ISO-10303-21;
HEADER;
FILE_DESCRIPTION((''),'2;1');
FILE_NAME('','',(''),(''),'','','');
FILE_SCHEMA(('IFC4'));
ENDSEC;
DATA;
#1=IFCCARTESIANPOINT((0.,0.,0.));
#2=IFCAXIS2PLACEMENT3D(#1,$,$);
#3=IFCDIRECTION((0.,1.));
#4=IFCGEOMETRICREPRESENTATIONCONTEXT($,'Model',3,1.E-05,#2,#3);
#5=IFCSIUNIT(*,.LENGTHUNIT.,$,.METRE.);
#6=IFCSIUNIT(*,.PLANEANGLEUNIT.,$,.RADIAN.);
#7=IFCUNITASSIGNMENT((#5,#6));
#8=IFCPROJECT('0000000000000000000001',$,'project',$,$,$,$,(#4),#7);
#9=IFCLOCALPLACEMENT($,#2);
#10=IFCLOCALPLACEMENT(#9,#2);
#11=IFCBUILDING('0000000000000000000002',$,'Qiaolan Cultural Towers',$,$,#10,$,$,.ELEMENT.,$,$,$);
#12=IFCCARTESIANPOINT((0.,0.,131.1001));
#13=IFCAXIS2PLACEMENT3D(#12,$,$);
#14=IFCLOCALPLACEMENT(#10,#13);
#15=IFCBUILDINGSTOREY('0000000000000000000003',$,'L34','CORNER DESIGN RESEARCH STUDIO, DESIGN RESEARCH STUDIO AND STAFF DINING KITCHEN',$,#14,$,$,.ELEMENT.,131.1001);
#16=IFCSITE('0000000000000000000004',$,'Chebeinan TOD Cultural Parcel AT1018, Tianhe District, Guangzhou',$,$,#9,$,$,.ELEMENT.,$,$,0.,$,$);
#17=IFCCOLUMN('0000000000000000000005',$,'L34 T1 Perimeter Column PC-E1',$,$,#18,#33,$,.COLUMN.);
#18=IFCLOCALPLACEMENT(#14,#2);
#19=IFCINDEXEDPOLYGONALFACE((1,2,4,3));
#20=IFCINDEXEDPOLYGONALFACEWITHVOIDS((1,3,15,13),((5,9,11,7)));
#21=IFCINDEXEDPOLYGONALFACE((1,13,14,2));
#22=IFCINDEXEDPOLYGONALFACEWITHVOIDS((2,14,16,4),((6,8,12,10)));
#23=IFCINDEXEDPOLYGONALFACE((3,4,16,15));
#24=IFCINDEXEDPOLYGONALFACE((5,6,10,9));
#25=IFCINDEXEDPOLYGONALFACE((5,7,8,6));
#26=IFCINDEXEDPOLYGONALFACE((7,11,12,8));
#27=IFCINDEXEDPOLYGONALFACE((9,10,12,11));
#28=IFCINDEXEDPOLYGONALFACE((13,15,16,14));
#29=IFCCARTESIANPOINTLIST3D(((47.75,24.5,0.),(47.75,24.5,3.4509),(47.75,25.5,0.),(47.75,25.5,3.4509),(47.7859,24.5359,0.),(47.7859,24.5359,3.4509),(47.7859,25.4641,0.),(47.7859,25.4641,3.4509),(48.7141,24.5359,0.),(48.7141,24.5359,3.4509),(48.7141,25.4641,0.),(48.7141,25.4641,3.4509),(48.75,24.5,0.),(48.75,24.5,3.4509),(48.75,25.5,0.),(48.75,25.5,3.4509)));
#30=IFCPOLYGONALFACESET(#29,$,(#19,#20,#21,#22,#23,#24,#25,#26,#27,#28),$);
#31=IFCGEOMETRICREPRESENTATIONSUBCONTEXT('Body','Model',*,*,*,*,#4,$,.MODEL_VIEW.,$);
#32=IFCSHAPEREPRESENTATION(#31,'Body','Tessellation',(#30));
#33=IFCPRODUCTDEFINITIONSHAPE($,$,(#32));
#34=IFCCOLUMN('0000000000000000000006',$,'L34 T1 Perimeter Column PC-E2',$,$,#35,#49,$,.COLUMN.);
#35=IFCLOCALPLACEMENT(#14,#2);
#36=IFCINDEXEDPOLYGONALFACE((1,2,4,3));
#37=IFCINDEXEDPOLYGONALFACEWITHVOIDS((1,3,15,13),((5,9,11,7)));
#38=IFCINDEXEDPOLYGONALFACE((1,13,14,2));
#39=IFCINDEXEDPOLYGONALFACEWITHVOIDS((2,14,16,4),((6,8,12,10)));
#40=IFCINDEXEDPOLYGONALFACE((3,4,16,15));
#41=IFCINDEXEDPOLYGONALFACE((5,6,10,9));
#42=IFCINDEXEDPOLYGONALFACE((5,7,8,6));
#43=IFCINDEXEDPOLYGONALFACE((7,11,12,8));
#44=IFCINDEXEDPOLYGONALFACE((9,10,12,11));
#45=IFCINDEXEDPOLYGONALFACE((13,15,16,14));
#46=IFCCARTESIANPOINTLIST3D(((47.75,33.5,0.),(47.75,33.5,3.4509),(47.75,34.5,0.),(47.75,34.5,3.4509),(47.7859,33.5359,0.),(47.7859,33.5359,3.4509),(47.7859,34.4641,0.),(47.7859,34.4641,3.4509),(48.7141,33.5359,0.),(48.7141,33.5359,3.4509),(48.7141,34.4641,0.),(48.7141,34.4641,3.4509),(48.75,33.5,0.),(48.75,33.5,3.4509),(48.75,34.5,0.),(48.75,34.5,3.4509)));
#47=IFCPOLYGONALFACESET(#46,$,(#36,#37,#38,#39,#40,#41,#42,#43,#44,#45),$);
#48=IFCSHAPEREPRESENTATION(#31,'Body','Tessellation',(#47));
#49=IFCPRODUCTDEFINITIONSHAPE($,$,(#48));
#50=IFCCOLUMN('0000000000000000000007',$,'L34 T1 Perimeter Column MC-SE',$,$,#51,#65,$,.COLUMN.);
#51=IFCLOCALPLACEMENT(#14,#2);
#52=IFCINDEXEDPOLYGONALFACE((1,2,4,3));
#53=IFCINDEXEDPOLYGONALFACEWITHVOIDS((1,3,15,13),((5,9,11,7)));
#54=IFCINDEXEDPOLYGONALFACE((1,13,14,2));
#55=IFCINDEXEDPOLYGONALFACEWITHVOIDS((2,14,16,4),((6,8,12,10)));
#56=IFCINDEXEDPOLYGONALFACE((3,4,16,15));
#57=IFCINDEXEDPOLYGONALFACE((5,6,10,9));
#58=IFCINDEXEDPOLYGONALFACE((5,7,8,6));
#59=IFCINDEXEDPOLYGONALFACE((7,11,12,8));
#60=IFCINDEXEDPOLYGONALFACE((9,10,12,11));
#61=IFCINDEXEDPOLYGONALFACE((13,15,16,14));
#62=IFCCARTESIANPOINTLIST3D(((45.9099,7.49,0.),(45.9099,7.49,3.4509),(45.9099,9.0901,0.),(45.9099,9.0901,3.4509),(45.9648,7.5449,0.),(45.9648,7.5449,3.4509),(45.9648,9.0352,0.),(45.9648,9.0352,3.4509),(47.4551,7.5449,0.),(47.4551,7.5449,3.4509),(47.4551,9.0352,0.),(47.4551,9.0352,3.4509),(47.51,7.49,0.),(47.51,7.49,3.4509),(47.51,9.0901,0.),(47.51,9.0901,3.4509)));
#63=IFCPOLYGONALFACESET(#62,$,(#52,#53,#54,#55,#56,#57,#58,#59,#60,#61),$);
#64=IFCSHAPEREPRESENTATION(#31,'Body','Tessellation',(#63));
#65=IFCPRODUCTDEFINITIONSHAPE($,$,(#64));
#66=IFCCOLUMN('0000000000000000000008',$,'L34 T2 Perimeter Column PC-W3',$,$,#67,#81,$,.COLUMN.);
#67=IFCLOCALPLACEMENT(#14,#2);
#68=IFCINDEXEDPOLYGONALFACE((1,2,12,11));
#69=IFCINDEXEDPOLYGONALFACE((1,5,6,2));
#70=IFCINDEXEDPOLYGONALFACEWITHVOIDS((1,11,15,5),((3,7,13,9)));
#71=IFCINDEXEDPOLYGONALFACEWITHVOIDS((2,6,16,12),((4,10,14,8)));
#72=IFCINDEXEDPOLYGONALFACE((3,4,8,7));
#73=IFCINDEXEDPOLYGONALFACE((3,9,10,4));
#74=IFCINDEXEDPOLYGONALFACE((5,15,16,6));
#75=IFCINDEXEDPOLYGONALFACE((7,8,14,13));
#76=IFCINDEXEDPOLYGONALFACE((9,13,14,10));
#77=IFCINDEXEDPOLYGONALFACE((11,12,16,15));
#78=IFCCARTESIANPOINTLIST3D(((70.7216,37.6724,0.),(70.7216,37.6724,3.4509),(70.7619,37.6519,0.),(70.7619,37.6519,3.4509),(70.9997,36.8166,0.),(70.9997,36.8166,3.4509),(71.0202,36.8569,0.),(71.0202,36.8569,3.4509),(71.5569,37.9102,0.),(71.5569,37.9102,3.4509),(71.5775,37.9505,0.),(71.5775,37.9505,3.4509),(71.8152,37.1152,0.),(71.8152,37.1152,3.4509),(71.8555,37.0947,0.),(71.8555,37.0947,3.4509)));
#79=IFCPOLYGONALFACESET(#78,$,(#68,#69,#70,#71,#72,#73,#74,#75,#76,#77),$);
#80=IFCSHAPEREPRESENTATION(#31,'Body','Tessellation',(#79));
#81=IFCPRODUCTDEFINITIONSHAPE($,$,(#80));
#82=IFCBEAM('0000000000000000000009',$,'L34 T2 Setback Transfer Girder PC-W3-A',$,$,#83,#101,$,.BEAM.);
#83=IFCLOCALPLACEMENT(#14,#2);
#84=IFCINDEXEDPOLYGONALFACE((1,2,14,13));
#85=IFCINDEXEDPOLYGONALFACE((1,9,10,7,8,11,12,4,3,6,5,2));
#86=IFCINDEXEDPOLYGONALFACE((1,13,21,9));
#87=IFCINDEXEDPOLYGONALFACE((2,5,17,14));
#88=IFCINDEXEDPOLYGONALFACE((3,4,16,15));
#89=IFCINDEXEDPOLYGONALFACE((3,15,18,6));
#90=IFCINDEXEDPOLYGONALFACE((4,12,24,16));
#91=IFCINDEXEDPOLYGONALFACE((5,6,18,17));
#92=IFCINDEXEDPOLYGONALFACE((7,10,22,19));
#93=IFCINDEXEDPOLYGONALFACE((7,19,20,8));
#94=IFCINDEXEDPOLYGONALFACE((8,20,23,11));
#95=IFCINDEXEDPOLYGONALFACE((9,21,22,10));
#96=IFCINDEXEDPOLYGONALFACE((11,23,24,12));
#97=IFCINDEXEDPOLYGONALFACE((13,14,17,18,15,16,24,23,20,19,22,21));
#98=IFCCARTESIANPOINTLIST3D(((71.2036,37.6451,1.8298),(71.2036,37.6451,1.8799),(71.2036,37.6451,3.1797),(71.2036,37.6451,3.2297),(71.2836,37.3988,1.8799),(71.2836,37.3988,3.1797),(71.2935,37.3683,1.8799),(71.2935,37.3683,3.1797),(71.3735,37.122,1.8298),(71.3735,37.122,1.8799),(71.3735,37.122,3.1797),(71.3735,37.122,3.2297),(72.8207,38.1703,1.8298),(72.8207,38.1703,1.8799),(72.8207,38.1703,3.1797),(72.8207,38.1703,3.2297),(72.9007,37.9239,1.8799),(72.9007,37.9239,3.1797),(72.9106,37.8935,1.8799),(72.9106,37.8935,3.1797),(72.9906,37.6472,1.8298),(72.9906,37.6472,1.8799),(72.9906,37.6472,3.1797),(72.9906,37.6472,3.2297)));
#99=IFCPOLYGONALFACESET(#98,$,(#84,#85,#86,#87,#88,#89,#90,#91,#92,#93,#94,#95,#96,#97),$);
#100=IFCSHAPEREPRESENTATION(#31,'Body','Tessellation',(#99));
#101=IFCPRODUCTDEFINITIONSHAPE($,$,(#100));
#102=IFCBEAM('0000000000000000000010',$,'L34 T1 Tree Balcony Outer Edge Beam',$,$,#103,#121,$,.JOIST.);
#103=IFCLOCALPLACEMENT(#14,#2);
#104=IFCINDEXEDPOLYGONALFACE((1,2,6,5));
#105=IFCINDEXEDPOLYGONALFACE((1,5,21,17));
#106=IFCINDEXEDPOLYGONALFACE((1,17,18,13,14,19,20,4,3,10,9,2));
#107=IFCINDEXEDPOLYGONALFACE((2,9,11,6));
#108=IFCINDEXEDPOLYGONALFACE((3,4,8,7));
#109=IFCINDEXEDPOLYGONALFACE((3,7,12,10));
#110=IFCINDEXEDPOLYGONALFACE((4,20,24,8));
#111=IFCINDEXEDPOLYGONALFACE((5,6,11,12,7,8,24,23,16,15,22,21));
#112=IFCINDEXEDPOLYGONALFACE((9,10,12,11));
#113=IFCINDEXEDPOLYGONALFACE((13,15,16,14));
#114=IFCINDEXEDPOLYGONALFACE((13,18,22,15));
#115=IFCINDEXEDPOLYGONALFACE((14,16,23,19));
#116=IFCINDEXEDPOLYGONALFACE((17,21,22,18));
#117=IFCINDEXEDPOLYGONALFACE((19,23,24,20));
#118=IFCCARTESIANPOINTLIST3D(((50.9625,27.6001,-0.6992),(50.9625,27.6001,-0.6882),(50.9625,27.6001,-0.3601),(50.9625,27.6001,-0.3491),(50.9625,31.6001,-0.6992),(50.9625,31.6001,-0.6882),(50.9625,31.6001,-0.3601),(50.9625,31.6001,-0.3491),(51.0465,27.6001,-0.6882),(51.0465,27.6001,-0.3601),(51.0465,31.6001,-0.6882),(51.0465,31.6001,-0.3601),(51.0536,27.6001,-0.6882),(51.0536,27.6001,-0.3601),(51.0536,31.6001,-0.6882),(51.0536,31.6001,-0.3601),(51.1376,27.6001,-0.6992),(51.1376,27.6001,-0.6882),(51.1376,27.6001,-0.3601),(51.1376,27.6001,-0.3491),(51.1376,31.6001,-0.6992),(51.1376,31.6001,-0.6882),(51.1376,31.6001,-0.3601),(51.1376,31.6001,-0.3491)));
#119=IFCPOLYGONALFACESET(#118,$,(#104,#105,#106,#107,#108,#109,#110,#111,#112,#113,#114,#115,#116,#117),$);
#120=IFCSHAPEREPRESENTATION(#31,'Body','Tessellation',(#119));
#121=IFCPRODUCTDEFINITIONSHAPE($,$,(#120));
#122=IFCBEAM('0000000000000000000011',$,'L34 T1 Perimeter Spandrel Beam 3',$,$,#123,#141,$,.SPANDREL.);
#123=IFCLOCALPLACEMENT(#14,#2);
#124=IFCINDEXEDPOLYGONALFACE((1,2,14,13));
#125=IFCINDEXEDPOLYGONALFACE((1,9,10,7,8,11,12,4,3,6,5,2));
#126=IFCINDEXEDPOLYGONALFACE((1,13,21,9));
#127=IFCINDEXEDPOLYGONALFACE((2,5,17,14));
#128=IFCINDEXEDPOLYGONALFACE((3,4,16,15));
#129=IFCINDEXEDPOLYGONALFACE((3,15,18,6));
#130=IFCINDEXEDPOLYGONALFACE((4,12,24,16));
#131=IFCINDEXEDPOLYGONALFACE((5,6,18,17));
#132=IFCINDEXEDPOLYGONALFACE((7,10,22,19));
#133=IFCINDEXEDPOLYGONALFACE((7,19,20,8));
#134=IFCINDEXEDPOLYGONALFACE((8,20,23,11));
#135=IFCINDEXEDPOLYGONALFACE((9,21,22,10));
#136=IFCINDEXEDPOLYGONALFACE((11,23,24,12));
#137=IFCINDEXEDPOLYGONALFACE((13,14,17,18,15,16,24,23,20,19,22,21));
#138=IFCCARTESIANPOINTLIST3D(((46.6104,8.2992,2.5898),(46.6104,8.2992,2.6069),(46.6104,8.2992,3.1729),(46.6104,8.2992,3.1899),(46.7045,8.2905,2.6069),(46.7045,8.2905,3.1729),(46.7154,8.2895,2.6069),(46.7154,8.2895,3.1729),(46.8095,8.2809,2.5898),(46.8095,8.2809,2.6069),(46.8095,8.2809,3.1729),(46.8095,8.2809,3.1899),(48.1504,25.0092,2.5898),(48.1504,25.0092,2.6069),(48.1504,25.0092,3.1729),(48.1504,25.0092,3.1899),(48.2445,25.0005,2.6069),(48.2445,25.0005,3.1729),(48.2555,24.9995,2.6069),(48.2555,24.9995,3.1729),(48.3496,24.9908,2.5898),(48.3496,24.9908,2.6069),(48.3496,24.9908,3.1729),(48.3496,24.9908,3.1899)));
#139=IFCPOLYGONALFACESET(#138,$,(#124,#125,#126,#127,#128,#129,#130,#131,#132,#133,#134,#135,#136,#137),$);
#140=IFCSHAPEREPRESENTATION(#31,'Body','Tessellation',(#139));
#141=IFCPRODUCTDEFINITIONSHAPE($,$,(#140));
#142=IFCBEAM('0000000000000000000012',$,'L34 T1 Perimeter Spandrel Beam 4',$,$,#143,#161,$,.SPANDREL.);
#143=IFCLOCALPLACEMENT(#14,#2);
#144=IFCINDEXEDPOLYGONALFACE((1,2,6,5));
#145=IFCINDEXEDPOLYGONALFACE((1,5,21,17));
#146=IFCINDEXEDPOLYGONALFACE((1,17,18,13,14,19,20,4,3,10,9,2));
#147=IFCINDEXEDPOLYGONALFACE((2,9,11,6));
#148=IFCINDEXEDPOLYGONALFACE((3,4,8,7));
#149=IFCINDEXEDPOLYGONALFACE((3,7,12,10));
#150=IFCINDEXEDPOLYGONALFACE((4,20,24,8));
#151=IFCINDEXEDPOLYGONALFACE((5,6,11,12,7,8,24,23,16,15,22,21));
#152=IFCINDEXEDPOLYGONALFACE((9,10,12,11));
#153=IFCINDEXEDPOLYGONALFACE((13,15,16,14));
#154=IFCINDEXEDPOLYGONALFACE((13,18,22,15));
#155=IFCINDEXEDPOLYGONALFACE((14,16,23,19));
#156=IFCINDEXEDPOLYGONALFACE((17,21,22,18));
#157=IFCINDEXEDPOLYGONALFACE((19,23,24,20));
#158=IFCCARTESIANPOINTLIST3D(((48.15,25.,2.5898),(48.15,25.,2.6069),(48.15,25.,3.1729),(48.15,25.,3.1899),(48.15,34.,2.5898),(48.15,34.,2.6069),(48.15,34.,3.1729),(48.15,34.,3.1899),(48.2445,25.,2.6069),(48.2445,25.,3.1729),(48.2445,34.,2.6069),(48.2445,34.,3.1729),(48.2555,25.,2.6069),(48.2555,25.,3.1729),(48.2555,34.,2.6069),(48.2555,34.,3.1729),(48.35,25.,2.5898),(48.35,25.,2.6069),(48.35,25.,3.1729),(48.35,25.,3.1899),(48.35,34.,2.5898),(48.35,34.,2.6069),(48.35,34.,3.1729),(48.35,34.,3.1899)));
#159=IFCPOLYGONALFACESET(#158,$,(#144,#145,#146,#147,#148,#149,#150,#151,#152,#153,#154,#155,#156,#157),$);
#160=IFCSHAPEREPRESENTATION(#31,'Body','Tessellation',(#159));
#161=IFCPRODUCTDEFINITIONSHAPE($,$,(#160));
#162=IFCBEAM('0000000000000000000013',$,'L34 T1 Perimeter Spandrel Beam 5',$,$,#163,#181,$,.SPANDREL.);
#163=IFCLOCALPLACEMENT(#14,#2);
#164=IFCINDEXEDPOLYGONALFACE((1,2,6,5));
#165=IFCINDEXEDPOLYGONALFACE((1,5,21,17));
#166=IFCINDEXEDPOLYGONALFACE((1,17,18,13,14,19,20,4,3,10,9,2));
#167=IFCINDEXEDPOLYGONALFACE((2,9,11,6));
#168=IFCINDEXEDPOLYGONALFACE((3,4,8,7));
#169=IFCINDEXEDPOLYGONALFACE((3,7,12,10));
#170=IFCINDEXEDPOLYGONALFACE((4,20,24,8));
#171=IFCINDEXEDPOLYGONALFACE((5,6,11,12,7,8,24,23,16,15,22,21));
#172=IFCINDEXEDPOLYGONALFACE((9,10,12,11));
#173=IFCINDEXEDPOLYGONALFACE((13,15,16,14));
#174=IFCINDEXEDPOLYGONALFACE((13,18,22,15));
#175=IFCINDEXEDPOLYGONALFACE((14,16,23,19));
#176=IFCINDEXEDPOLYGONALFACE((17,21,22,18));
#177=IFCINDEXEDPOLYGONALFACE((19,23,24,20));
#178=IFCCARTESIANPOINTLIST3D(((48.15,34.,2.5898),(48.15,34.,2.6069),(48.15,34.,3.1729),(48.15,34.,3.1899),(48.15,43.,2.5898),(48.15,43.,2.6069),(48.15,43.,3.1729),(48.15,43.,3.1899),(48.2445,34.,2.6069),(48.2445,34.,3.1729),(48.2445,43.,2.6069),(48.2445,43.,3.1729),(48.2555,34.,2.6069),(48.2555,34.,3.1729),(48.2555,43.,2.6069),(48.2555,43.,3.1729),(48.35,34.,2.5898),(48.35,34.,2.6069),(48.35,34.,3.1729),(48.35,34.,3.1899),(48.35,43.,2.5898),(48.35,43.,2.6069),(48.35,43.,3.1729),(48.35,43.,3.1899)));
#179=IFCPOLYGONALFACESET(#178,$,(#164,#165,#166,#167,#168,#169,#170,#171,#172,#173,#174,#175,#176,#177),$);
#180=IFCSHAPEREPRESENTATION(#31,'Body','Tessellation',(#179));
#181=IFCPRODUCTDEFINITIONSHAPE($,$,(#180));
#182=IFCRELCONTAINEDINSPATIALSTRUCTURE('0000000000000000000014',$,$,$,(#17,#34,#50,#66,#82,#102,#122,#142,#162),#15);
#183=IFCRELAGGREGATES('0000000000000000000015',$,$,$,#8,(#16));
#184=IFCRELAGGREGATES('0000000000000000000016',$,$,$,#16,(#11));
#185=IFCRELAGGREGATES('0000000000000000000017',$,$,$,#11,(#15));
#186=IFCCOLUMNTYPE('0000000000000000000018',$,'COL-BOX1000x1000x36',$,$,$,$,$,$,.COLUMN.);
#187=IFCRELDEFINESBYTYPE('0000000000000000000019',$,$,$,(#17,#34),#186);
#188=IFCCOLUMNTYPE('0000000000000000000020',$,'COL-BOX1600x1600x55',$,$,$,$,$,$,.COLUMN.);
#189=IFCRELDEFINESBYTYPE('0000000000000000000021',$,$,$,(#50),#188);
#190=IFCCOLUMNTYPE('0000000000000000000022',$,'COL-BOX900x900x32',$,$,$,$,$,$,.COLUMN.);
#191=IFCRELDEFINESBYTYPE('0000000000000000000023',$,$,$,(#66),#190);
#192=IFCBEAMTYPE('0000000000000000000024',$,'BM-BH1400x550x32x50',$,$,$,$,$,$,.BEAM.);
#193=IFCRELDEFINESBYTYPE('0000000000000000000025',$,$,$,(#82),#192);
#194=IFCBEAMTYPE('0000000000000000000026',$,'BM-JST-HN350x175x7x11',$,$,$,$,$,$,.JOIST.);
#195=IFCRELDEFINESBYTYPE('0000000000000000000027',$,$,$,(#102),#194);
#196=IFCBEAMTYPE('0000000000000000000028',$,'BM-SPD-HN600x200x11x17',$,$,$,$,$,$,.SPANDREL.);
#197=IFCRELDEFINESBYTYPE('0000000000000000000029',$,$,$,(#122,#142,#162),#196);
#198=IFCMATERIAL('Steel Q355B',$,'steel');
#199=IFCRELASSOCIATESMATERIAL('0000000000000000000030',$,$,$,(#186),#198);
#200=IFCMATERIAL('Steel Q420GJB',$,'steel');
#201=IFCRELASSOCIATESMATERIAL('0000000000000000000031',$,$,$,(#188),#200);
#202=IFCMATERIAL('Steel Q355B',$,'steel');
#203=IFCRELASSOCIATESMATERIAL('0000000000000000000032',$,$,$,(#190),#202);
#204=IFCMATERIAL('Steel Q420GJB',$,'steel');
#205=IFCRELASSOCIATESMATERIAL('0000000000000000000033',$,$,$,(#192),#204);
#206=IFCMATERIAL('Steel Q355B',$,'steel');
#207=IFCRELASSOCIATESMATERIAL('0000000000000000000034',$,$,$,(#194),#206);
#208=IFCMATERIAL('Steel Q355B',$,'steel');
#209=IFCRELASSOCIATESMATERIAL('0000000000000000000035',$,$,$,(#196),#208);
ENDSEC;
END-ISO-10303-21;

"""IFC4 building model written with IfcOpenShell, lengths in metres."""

from ifc_helpers import new_model, si_unit, direction, frame, origin, origin_2d, place, context, subcontext, project, spatial, hollow_rectangle, i_section, extrude, material, material_profile, profile_set, type_object, element, save


model = new_model("IFC4")

# Units and contexts
model_context = context("Model", 3, precision=1e-05, world=origin(), true_north=direction((0.0, 1.0)))
body_context = subcontext(model_context, "Body", "Model", "MODEL_VIEW")
ifc_project = project(units=[si_unit("LENGTHUNIT", "METRE"), si_unit("PLANEANGLEUNIT", "RADIAN")], contexts=[model_context])

# Site, building, storey
site_placement = place(None, origin())
site = spatial("IfcSite", under=ifc_project, at=site_placement, Name="Chebeinan TOD Cultural Parcel AT1018, Tianhe District, Guangzhou", CompositionType="ELEMENT", RefElevation=0.0)
building_placement = place(site_placement, origin())
building = spatial("IfcBuilding", under=site, at=building_placement, Name="Qiaolan Cultural Towers", CompositionType="ELEMENT")
storey_placement = place(building_placement, frame((0.0, 0.0, 131.1001)))
storey = spatial("IfcBuildingStorey", under=building, at=storey_placement, Name="L34", Description="CORNER DESIGN RESEARCH STUDIO, DESIGN RESEARCH STUDIO AND STAFF DINING KITCHEN", CompositionType="ELEMENT", Elevation=131.1001)

# Columns
ifc_material_1 = material(Name="Steel Q355B", Category="steel")
ifc_material_profile_1 = material_profile(ifc_material_1, hollow_rectangle(XDim=1.0, YDim=1.0, WallThickness=0.0359, at=origin_2d()), Name="BOX1000x1000x36")
ifc_profile_set_1 = profile_set([ifc_material_profile_1], Name="Steel Q355B")
column_type_1 = type_object("IfcColumnType", Name="COL-BOX1000x1000x36", PredefinedType="COLUMN", material=ifc_profile_set_1)
for number, where, z_axis, x_axis, name in (
    (1, (48.25, 25.0, 0.0), (0.0, 0.0, 1.0), (1.0, 0.0, 0.0), "L34 T1 Perimeter Column PC-E1"),
    (2, (48.25, 34.0, 0.0), (0.0, 0.0, 1.0), (1.0, 0.0, 0.0), "L34 T1 Perimeter Column PC-E2"),
):
    element("IfcColumn", number, at=place(storey_placement, frame(where, z_axis=z_axis, x_axis=x_axis)), inside=storey, type_object=column_type_1, Name=name, PredefinedType="COLUMN", context=body_context, shape_type="SweptSolid", body=[
        extrude(hollow_rectangle(XDim=1.0, YDim=1.0, WallThickness=0.0359, at=origin_2d()), origin(), (0.0, 0.0, 1.0), 3.4509),
    ])
ifc_material_2 = material(Name="Steel Q420GJB", Category="steel")
ifc_material_profile_2 = material_profile(ifc_material_2, hollow_rectangle(XDim=1.6001, YDim=1.6001, WallThickness=0.0549, at=origin_2d()), Name="BOX1600x1600x55")
ifc_profile_set_2 = profile_set([ifc_material_profile_2], Name="Steel Q420GJB")
column_type_2 = type_object("IfcColumnType", Name="COL-BOX1600x1600x55", PredefinedType="COLUMN", material=ifc_profile_set_2)
column_1_placement = place(storey_placement, frame((46.71, 8.29, 0.0), z_axis=(0.0, 0.0, 1.0), x_axis=(1.0, 0.0, 0.0)))
element("IfcColumn", 3, at=column_1_placement, inside=storey, type_object=column_type_2, Name="L34 T1 Perimeter Column MC-SE", PredefinedType="COLUMN", context=body_context, shape_type="SweptSolid", body=[
    extrude(hollow_rectangle(XDim=1.6001, YDim=1.6001, WallThickness=0.0549, at=origin_2d()), origin(), (0.0, 0.0, 1.0), 3.4509),
])
ifc_material_3 = material(Name="Steel Q355B", Category="steel")
ifc_material_profile_3 = material_profile(ifc_material_3, hollow_rectangle(XDim=0.8999, YDim=0.8999, WallThickness=0.032, at=origin_2d()), Name="BOX900x900x32")
ifc_profile_set_3 = profile_set([ifc_material_profile_3], Name="Steel Q355B")
column_type_3 = type_object("IfcColumnType", Name="COL-BOX900x900x32", PredefinedType="COLUMN", material=ifc_profile_set_3)
column_2_placement = place(storey_placement, frame((71.2886, 37.3835, 0.0), z_axis=(0.0, 0.0, 1.0), x_axis=(0.951057, 0.309017, 0.0)))
element("IfcColumn", 4, at=column_2_placement, inside=storey, type_object=column_type_3, Name="L34 T2 Perimeter Column PC-W3", PredefinedType="COLUMN", context=body_context, shape_type="SweptSolid", body=[
    extrude(hollow_rectangle(XDim=0.8999, YDim=0.8999, WallThickness=0.032, at=origin_2d()), origin(), (0.0, 0.0, 1.0), 3.4509),
])

# Beams
ifc_material_4 = material(Name="Steel Q420GJB", Category="steel")
ifc_material_profile_4 = material_profile(ifc_material_4, i_section(OverallWidth=0.55, OverallDepth=1.3999, WebThickness=0.032, FlangeThickness=0.05, at=origin_2d()), Name="BH1400x550x32x50")
ifc_profile_set_4 = profile_set([ifc_material_profile_4], Name="Steel Q420GJB")
beam_type_1 = type_object("IfcBeamType", Name="BM-BH1400x550x32x50", PredefinedType="BEAM", material=ifc_profile_set_4)
beam_1_placement = place(storey_placement, frame((71.2886, 37.3835, 2.5298), z_axis=(0.951096, 0.308894, 0.0), x_axis=(-0.308894, 0.951096, 0.0)))
element("IfcBeam", 5, at=beam_1_placement, inside=storey, type_object=beam_type_1, Name="L34 T2 Setback Transfer Girder PC-W3-A", PredefinedType="BEAM", context=body_context, shape_type="SweptSolid", body=[
    extrude(i_section(OverallWidth=0.55, OverallDepth=1.3999, WebThickness=0.032, FlangeThickness=0.05, at=origin_2d()), origin(), (0.0, 0.0, 1.0), 1.7002),
])
ifc_material_5 = material(Name="Steel Q355B", Category="steel")
ifc_material_profile_5 = material_profile(ifc_material_5, i_section(OverallWidth=0.175, OverallDepth=0.3501, WebThickness=0.0071, FlangeThickness=0.011, at=origin_2d()), Name="HN350x175x7x11")
ifc_profile_set_5 = profile_set([ifc_material_profile_5], Name="Steel Q355B")
beam_type_2 = type_object("IfcBeamType", Name="BM-JST-HN350x175x7x11", PredefinedType="JOIST", material=ifc_profile_set_5)
beam_2_placement = place(storey_placement, frame((51.05, 27.6001, -0.5242), z_axis=(0.0, 1.0, 0.0), x_axis=(-1.0, 0.0, 0.0)))
element("IfcBeam", 6, at=beam_2_placement, inside=storey, type_object=beam_type_2, Name="L34 T1 Tree Balcony Outer Edge Beam", PredefinedType="JOIST", context=body_context, shape_type="SweptSolid", body=[
    extrude(i_section(OverallWidth=0.175, OverallDepth=0.3501, WebThickness=0.0071, FlangeThickness=0.011, at=origin_2d()), origin(), (0.0, 0.0, 1.0), 4.0),
])
ifc_material_6 = material(Name="Steel Q355B", Category="steel")
ifc_material_profile_6 = material_profile(ifc_material_6, i_section(OverallWidth=0.2, OverallDepth=0.6001, WebThickness=0.011, FlangeThickness=0.0171, at=origin_2d()), Name="HN600x200x11x17")
ifc_profile_set_6 = profile_set([ifc_material_profile_6], Name="Steel Q355B")
beam_type_3 = type_object("IfcBeamType", Name="BM-SPD-HN600x200x11x17", PredefinedType="SPANDREL", material=ifc_profile_set_6)
beam_3_placement = place(storey_placement, frame((46.71, 8.29, 2.8899), z_axis=(0.091774, 0.99578, 0.0), x_axis=(-0.99578, 0.091774, 0.0)))
element("IfcBeam", 7, at=beam_3_placement, inside=storey, type_object=beam_type_3, Name="L34 T1 Perimeter Spandrel Beam 3", PredefinedType="SPANDREL", context=body_context, shape_type="SweptSolid", body=[
    extrude(i_section(OverallWidth=0.2, OverallDepth=0.6001, WebThickness=0.011, FlangeThickness=0.0171, at=origin_2d()), origin(), (0.0, 0.0, 1.0), 16.7808),
])
for number, where, z_axis, x_axis, name in (
    (8, (48.25, 25.0, 2.8899), (0.0, 1.0, 0.0), (-1.0, 0.0, 0.0), "L34 T1 Perimeter Spandrel Beam 4"),
    (9, (48.25, 34.0, 2.8899), (0.0, 1.0, 0.0), (-1.0, 0.0, 0.0), "L34 T1 Perimeter Spandrel Beam 5"),
):
    element("IfcBeam", number, at=place(storey_placement, frame(where, z_axis=z_axis, x_axis=x_axis)), inside=storey, type_object=beam_type_3, Name=name, PredefinedType="SPANDREL", context=body_context, shape_type="SweptSolid", body=[
        extrude(i_section(OverallWidth=0.2, OverallDepth=0.6001, WebThickness=0.011, FlangeThickness=0.0171, at=origin_2d()), origin(), (0.0, 0.0, 1.0), 9.0),
    ])

save(model, "model.ifc")
